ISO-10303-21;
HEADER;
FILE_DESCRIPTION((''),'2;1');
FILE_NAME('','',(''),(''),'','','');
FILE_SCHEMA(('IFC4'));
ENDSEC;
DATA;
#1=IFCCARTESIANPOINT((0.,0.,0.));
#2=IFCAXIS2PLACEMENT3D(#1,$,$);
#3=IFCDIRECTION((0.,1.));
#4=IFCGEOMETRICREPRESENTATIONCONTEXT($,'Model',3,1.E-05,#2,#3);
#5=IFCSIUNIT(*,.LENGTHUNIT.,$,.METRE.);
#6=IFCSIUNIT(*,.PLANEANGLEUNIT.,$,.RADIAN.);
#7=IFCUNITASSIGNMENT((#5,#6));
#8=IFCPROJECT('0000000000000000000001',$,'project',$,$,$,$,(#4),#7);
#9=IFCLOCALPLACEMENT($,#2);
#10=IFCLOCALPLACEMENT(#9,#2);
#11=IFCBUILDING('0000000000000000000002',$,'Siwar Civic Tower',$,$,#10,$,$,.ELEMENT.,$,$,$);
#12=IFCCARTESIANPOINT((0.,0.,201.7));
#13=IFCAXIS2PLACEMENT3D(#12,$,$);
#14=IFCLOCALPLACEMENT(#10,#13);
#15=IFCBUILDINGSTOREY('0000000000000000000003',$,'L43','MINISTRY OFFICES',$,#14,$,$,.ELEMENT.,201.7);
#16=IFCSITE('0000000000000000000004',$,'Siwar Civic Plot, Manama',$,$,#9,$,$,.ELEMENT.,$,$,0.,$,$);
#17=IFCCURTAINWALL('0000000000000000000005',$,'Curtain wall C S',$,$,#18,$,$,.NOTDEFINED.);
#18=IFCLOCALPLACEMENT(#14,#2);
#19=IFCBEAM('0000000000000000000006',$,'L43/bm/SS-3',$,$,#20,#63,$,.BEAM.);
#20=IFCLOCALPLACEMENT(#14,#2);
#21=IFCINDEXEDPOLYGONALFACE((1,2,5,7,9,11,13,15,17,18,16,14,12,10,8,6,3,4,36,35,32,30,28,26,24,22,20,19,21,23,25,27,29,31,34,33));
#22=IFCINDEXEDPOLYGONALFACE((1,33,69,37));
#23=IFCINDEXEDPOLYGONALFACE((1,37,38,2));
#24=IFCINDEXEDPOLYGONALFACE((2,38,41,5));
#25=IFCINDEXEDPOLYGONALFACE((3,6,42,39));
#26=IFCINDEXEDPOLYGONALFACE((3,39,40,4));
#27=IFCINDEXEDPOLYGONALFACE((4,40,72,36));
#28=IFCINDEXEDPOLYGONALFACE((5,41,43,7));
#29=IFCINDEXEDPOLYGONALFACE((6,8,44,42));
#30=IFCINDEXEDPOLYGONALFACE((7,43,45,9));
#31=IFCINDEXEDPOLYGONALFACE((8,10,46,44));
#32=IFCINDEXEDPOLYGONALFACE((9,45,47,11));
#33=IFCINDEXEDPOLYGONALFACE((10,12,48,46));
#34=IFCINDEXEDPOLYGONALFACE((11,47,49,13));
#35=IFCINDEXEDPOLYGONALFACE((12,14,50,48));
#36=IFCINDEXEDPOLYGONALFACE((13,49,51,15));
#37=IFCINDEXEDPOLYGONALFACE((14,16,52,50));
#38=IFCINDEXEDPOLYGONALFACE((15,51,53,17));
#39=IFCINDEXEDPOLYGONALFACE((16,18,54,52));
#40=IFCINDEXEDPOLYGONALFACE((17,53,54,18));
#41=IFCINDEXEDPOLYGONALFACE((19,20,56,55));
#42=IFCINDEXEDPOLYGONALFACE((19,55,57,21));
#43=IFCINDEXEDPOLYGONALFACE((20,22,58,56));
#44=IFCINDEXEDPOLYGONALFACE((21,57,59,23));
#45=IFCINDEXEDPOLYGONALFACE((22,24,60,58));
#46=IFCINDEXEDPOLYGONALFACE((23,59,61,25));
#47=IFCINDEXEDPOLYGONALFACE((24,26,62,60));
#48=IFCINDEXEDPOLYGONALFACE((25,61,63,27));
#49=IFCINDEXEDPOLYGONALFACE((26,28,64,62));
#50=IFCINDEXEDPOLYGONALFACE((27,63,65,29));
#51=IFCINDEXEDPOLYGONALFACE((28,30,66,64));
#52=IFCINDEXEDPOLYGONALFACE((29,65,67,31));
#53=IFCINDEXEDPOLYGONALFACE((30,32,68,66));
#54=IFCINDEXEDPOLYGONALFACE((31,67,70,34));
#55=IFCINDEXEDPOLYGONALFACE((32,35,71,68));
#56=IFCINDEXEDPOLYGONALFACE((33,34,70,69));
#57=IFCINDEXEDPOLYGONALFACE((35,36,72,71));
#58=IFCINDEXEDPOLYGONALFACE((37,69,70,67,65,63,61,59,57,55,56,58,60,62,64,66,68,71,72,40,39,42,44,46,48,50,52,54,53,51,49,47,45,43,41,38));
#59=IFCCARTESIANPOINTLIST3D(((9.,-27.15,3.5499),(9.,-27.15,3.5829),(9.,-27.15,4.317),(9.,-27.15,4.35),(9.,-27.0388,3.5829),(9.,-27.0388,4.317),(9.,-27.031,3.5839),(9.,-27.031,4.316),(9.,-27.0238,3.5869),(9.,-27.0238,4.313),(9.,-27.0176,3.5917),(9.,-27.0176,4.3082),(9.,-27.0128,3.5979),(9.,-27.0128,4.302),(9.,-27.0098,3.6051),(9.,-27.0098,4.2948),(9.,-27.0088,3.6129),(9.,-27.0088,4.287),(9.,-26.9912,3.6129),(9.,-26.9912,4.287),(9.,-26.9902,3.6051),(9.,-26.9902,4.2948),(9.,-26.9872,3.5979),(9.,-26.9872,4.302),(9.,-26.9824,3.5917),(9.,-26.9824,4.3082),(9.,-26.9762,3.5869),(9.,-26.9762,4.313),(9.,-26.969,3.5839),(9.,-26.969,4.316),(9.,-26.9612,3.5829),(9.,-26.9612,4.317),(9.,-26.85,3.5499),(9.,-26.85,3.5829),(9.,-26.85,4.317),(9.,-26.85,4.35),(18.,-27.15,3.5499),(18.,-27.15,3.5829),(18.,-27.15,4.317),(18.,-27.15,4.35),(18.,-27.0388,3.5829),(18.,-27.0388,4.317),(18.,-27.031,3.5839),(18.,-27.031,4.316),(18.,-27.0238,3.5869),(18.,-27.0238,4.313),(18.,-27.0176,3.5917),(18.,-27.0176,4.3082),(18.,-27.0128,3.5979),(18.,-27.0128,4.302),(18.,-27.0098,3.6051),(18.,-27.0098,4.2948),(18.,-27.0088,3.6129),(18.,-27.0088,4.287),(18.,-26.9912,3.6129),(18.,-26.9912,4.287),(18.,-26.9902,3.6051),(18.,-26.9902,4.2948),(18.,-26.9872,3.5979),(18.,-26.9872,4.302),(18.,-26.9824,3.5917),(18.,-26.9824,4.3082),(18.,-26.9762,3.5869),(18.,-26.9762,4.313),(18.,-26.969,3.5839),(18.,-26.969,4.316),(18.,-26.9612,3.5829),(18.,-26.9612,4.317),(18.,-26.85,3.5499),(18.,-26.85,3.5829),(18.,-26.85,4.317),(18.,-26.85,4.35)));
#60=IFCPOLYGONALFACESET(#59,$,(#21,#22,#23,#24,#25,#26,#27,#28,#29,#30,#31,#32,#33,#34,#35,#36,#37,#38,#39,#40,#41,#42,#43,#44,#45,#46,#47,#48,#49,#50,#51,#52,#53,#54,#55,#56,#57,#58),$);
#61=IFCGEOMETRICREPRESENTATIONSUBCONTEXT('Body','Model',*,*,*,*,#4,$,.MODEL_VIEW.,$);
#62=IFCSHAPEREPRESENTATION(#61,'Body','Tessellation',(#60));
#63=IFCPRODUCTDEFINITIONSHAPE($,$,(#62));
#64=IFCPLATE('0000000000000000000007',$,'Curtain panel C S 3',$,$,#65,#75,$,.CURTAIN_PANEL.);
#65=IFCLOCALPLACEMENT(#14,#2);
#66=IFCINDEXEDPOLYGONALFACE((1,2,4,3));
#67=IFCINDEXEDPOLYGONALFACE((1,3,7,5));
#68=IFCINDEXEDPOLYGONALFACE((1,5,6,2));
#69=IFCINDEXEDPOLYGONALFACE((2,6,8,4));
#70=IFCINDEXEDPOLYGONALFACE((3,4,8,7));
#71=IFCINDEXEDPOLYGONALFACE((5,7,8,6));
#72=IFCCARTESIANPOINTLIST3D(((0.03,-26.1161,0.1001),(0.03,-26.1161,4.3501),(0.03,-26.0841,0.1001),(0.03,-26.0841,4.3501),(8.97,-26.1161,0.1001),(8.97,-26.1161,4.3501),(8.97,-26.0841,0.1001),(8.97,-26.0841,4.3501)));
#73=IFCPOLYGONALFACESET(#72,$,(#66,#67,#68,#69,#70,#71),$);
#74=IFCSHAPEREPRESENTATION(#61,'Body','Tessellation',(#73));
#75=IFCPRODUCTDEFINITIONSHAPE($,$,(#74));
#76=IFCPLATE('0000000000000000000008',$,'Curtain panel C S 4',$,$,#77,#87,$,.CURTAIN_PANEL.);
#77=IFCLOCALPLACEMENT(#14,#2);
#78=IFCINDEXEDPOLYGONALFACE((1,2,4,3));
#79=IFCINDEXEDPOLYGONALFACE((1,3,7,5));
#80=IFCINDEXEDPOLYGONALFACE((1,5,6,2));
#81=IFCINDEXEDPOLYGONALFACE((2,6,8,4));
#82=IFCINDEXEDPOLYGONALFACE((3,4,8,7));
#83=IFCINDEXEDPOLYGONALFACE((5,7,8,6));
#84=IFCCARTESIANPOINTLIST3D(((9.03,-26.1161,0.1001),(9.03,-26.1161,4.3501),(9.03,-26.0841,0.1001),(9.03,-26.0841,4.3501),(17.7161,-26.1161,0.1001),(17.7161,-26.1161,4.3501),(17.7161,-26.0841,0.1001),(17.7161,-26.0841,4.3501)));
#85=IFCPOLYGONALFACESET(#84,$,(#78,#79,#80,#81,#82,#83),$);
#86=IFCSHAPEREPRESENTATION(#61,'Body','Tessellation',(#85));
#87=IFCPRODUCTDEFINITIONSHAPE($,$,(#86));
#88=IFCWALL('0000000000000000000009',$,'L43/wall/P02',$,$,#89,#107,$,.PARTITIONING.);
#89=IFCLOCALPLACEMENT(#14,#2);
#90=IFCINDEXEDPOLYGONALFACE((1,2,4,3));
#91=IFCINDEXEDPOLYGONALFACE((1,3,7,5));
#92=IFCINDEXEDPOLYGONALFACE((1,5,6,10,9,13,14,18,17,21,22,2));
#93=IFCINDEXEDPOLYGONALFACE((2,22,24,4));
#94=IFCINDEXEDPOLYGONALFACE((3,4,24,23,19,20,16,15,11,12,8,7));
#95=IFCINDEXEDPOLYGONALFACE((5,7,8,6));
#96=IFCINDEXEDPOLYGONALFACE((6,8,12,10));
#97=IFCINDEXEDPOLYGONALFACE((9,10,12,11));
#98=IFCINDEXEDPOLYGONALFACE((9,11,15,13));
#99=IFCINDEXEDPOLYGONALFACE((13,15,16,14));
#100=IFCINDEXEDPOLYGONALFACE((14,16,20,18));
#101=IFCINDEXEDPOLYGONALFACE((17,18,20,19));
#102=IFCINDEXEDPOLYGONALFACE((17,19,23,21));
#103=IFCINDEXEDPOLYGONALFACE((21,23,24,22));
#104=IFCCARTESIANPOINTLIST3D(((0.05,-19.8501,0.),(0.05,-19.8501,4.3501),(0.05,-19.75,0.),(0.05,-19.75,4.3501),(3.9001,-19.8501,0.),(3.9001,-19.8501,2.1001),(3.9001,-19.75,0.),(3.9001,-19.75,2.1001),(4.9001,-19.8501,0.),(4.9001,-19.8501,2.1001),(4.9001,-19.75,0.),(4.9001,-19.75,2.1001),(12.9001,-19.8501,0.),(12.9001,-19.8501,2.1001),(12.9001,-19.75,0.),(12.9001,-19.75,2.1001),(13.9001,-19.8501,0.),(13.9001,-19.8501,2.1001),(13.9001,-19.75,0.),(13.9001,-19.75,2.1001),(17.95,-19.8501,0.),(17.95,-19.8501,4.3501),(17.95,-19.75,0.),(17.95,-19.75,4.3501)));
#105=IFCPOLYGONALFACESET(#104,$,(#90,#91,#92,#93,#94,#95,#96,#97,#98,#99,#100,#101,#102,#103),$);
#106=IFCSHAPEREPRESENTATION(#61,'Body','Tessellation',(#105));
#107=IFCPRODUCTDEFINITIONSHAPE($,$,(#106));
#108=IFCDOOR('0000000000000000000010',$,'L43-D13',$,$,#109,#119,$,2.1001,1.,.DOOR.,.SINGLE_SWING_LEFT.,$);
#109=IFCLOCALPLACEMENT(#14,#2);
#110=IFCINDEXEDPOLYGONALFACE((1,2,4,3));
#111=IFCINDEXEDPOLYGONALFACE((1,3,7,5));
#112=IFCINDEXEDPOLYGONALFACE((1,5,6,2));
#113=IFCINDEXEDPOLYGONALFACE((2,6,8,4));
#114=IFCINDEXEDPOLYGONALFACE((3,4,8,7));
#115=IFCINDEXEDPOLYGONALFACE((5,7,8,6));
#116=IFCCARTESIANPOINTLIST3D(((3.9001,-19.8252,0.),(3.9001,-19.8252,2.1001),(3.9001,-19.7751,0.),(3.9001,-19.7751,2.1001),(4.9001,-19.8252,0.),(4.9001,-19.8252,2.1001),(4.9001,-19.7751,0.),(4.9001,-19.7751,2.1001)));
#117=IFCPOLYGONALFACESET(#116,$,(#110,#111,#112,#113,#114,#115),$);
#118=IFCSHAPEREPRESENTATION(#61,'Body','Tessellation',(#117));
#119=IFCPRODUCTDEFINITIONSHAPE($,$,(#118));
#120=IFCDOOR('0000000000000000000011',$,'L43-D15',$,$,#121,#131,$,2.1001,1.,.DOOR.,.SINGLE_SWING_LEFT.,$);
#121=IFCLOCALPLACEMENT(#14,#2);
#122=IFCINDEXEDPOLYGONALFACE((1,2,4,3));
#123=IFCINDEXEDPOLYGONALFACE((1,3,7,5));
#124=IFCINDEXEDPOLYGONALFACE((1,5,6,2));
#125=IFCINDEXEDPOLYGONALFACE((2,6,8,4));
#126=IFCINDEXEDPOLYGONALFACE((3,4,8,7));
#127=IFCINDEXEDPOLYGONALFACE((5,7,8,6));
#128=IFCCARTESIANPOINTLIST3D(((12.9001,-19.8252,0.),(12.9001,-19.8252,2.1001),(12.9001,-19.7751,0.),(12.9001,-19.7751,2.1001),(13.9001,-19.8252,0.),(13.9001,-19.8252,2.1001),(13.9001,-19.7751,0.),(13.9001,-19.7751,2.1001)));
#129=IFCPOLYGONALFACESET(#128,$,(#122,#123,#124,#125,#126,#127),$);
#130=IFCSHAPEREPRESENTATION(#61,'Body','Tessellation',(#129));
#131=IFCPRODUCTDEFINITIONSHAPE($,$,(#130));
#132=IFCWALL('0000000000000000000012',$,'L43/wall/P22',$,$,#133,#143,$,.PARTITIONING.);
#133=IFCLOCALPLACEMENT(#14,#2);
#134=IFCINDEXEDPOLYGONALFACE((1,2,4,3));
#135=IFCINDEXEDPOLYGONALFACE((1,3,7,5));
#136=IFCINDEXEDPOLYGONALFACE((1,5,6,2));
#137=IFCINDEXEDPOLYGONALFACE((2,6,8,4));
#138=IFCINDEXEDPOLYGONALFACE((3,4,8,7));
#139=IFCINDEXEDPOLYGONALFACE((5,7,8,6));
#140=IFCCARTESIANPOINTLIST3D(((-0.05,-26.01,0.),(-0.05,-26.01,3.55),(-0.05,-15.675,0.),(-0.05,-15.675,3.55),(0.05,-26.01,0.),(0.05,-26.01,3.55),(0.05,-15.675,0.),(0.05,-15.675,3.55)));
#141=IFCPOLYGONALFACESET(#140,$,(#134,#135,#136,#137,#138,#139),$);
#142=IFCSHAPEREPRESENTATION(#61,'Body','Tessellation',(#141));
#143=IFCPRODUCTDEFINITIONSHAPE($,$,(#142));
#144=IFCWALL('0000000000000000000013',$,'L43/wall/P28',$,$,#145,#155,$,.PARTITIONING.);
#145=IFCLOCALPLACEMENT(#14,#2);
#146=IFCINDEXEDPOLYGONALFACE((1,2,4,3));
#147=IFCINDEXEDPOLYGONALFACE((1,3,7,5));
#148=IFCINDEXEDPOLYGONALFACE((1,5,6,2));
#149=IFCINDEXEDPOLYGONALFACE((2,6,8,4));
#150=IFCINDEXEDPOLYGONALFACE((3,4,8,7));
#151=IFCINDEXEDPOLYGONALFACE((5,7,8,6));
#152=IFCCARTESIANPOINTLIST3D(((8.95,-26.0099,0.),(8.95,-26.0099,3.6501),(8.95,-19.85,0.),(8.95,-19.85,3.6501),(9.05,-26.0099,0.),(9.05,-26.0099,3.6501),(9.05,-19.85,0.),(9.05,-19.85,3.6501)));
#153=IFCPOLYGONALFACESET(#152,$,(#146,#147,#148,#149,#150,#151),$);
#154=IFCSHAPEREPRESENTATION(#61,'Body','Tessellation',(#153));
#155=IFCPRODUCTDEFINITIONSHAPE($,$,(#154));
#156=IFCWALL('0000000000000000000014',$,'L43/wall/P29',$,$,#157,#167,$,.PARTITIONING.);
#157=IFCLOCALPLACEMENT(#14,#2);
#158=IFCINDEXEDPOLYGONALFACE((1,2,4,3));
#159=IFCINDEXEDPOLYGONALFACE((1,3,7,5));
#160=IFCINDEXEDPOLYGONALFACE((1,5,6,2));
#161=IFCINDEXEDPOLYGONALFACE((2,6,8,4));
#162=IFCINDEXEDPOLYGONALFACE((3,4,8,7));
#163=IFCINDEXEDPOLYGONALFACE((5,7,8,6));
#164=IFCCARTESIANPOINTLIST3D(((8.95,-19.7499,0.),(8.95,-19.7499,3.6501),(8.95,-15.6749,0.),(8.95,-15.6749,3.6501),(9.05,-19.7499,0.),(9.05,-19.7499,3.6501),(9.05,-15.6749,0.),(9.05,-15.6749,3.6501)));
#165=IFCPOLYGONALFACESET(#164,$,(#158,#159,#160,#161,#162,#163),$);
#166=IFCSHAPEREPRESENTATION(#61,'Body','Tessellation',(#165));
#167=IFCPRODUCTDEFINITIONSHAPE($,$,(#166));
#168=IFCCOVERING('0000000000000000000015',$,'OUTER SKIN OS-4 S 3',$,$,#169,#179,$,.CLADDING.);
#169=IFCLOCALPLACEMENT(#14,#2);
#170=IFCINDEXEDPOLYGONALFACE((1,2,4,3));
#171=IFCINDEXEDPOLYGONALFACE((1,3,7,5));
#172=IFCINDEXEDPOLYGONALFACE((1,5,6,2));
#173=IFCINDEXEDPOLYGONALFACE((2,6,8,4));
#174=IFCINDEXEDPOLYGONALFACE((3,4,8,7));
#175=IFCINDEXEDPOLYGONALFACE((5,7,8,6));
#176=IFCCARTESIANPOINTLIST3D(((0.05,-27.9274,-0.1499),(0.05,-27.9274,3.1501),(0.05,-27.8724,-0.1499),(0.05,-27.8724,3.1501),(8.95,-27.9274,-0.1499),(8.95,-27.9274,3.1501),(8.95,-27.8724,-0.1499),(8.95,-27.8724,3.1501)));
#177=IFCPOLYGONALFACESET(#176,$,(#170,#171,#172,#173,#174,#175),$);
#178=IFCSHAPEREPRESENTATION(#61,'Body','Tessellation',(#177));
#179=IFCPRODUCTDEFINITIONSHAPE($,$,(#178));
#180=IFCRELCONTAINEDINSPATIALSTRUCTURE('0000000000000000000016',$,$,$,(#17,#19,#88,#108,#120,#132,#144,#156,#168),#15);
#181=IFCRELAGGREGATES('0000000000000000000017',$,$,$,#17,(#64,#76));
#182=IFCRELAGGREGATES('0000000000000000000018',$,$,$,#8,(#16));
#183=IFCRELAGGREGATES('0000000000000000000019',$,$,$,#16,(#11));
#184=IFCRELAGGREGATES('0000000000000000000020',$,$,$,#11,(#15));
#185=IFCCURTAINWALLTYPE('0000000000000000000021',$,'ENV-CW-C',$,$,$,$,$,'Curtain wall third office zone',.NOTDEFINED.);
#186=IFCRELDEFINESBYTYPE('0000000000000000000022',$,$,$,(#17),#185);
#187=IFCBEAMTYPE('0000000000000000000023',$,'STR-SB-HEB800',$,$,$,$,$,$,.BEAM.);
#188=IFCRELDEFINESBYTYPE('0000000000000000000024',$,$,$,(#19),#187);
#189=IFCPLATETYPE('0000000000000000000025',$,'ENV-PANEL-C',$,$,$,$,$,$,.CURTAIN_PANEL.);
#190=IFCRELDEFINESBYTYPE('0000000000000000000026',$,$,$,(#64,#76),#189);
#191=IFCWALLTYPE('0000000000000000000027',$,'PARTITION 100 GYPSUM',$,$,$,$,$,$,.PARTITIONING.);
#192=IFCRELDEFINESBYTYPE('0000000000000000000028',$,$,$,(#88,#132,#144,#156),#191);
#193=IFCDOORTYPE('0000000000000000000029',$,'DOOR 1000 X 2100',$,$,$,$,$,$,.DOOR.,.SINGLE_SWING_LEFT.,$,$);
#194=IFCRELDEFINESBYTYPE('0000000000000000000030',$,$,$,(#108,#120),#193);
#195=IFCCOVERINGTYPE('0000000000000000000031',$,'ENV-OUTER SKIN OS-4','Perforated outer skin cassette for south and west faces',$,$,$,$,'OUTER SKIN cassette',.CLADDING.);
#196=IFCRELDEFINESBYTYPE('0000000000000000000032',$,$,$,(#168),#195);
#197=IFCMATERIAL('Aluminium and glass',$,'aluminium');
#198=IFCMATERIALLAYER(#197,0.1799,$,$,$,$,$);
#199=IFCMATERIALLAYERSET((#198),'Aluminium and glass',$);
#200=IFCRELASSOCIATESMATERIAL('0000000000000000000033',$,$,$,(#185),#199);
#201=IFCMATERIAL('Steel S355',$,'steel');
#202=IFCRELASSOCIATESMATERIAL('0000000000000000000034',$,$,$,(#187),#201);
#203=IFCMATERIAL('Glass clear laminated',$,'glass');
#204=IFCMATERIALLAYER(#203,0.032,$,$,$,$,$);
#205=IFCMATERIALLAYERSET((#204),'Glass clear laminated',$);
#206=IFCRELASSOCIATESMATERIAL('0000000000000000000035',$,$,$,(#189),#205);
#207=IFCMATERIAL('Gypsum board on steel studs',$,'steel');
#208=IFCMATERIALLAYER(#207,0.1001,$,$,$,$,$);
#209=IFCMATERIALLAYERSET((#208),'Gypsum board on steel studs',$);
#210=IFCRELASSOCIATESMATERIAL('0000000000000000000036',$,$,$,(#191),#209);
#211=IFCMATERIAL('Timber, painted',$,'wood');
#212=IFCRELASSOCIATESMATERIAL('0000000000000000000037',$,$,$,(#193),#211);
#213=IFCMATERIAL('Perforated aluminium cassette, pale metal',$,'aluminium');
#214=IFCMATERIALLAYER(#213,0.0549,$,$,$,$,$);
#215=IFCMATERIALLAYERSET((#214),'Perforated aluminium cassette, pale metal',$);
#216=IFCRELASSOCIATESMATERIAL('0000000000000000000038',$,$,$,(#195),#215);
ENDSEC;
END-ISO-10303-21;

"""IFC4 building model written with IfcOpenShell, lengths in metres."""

from ifc_helpers import new_model, si_unit, direction, frame, frame_2d, origin, origin_2d, place, context, subcontext, project, spatial, rectangle, i_section, extrude, material, layer, layer_set, material_profile, profile_set, type_object, element, fill, aggregate, save


model = new_model("IFC4")

# Units and contexts
model_context = context("Model", 3, precision=1e-05, world=origin(), true_north=direction((0.0, 1.0)))
body_context = subcontext(model_context, "Body", "Model", "MODEL_VIEW")
ifc_project = project(units=[si_unit("LENGTHUNIT", "METRE"), si_unit("PLANEANGLEUNIT", "RADIAN")], contexts=[model_context])

# Site, building, storey
site_placement = place(None, origin())
site = spatial("IfcSite", under=ifc_project, at=site_placement, Name="Siwar Civic Plot, Manama", CompositionType="ELEMENT", RefElevation=0.0)
building_placement = place(site_placement, origin())
building = spatial("IfcBuilding", under=site, at=building_placement, Name="Siwar Civic Tower", CompositionType="ELEMENT")
storey_placement = place(building_placement, frame((0.0, 0.0, 201.7)))
storey = spatial("IfcBuildingStorey", under=building, at=storey_placement, Name="L43", Description="MINISTRY OFFICES", CompositionType="ELEMENT", Elevation=201.7)

# Curtain wall
ifc_material_1 = material(Name="Aluminium and glass", Category="aluminium")
ifc_layer_1 = layer(ifc_material_1, 0.1799)
ifc_layer_set_1 = layer_set([ifc_layer_1], Name="Aluminium and glass")
curtain_wall_type_1 = type_object("IfcCurtainWallType", Name="ENV-CW-C", ElementType="Curtain wall third office zone", PredefinedType="NOTDEFINED", material=ifc_layer_set_1)
curtain_wall_1_placement = place(storey_placement, origin())
curtain_wall_1 = element("IfcCurtainWall", 1, at=curtain_wall_1_placement, inside=storey, type_object=curtain_wall_type_1, Name="Curtain wall C S", PredefinedType="NOTDEFINED")

# Beam
ifc_material_2 = material(Name="Steel S355", Category="steel")
ifc_material_profile_1 = material_profile(ifc_material_2, i_section(OverallWidth=0.3, OverallDepth=0.8, WebThickness=0.0176, FlangeThickness=0.033, FilletRadius=0.03, at=origin_2d()), Name="HEB800")
ifc_profile_set_1 = profile_set([ifc_material_profile_1], Name="Steel S355")
beam_type_1 = type_object("IfcBeamType", Name="STR-SB-HEB800", PredefinedType="BEAM", material=ifc_profile_set_1)
beam_1_placement = place(storey_placement, frame((9.0, -27.0, 3.95), z_axis=(1.0, 0.0, 0.0), x_axis=(0.0, 1.0, 0.0)))
element("IfcBeam", 2, at=beam_1_placement, inside=storey, type_object=beam_type_1, Name="L43/bm/SS-3", PredefinedType="BEAM", context=body_context, shape_type="SweptSolid", body=[
    extrude(i_section(OverallWidth=0.3, OverallDepth=0.8, WebThickness=0.0176, FlangeThickness=0.033, FilletRadius=0.03, at=origin_2d()), origin(), (0.0, 0.0, 1.0), 9.0),
])

# Plates
ifc_material_3 = material(Name="Glass clear laminated", Category="glass")
ifc_layer_2 = layer(ifc_material_3, 0.032)
ifc_layer_set_2 = layer_set([ifc_layer_2], Name="Glass clear laminated")
plate_type = type_object("IfcPlateType", Name="ENV-PANEL-C", PredefinedType="CURTAIN_PANEL", material=ifc_layer_set_2)
plate_1_placement = place(storey_placement, frame((4.5, -26.1001, 0.1001), z_axis=(0.0, 0.0, 1.0), x_axis=(1.0, 0.0, 0.0)))
plate_1 = element("IfcPlate", 3, at=plate_1_placement, type_object=plate_type, Name="Curtain panel C S 3", PredefinedType="CURTAIN_PANEL", context=body_context, shape_type="SweptSolid", body=[
    extrude(rectangle(XDim=8.9399, YDim=0.032, at=origin_2d()), origin(), (0.0, 0.0, 1.0), 4.25),
])
plate_2_placement = place(storey_placement, frame((13.373, -26.1001, 0.1001), z_axis=(0.0, 0.0, 1.0), x_axis=(1.0, 0.0, 0.0)))
plate_2 = element("IfcPlate", 4, at=plate_2_placement, type_object=plate_type, Name="Curtain panel C S 4", PredefinedType="CURTAIN_PANEL", context=body_context, shape_type="SweptSolid", body=[
    extrude(rectangle(XDim=8.686, YDim=0.032, at=origin_2d()), origin(), (0.0, 0.0, 1.0), 4.25),
])
aggregate(curtain_wall_1, [plate_1, plate_2])

# Wall, openings, doors
ifc_material_4 = material(Name="Gypsum board on steel studs", Category="steel")
ifc_layer_3 = layer(ifc_material_4, 0.1001)
ifc_layer_set_3 = layer_set([ifc_layer_3], Name="Gypsum board on steel studs")
wall_type = type_object("IfcWallType", Name="PARTITION 100 GYPSUM", PredefinedType="PARTITIONING", material=ifc_layer_set_3)
wall_1_placement = place(storey_placement, frame((0.05, -19.8, 0.0), z_axis=(0.0, 0.0, 1.0), x_axis=(1.0, 0.0, 0.0)))
wall_1 = element("IfcWall", 5, at=wall_1_placement, inside=storey, type_object=wall_type, Name="L43/wall/P02", PredefinedType="PARTITIONING", context=body_context, shape_type="SweptSolid", body=[
    extrude(rectangle(XDim=17.8999, YDim=0.1001, at=frame_2d((8.95, 0.0))), origin(), (0.0, 0.0, 1.0), 4.3501),
])
opening_1_placement = place(wall_1_placement, frame((3.8501, 0.0, 0.0)))
opening_1 = element("IfcOpeningElement", 6, at=opening_1_placement, cuts=wall_1, PredefinedType="OPENING", context=body_context, shape_type="SweptSolid", body=[
    extrude(rectangle(XDim=1.0, YDim=2.1001, at=frame_2d((0.5, 1.05))), frame((0.0, 0.0601, 0.0), z_axis=(0.0, -1.0, 0.0), x_axis=(1.0, 0.0, 0.0)), (0.0, 0.0, 1.0), 0.1201),
])
opening_2_placement = place(wall_1_placement, frame((12.8501, 0.0, 0.0)))
opening_2 = element("IfcOpeningElement", 7, at=opening_2_placement, cuts=wall_1, PredefinedType="OPENING", context=body_context, shape_type="SweptSolid", body=[
    extrude(rectangle(XDim=1.0, YDim=2.1001, at=frame_2d((0.5, 1.05))), frame((0.0, 0.0601, 0.0), z_axis=(0.0, -1.0, 0.0), x_axis=(1.0, 0.0, 0.0)), (0.0, 0.0, 1.0), 0.1201),
])
ifc_material_5 = material(Name="Timber, painted", Category="wood")
door_type = type_object("IfcDoorType", Name="DOOR 1000 X 2100", OperationType="SINGLE_SWING_LEFT", PredefinedType="DOOR", material=ifc_material_5)
door_1_placement = place(opening_1_placement, origin())
door_1 = element("IfcDoor", 8, at=door_1_placement, inside=storey, type_object=door_type, Name="L43-D13", OperationType="SINGLE_SWING_LEFT", OverallHeight=2.1001, OverallWidth=1.0, PredefinedType="DOOR", context=body_context, shape_type="SweptSolid", body=[
    extrude(rectangle(XDim=1.0, YDim=2.1001, at=frame_2d((0.5, 1.05))), frame((0.0, 0.0249, 0.0), z_axis=(0.0, -1.0, 0.0), x_axis=(1.0, 0.0, 0.0)), (0.0, 0.0, 1.0), 0.05),
])
fill(opening_1, door_1)
door_2_placement = place(opening_2_placement, origin())
door_2 = element("IfcDoor", 9, at=door_2_placement, inside=storey, type_object=door_type, Name="L43-D15", OperationType="SINGLE_SWING_LEFT", OverallHeight=2.1001, OverallWidth=1.0, PredefinedType="DOOR", context=body_context, shape_type="SweptSolid", body=[
    extrude(rectangle(XDim=1.0, YDim=2.1001, at=frame_2d((0.5, 1.05))), frame((0.0, 0.0249, 0.0), z_axis=(0.0, -1.0, 0.0), x_axis=(1.0, 0.0, 0.0)), (0.0, 0.0, 1.0), 0.05),
])
fill(opening_2, door_2)

# Walls
wall_2_placement = place(storey_placement, frame((0.0, -26.01, 0.0), z_axis=(0.0, 0.0, 1.0), x_axis=(0.0, 1.0, 0.0)))
element("IfcWall", 10, at=wall_2_placement, inside=storey, type_object=wall_type, Name="L43/wall/P22", PredefinedType="PARTITIONING", context=body_context, shape_type="SweptSolid", body=[
    extrude(rectangle(XDim=10.335, YDim=0.1001, at=frame_2d((5.1675, 0.0))), origin(), (0.0, 0.0, 1.0), 3.55),
])
wall_3_placement = place(storey_placement, frame((9.0, -26.01, 0.0), z_axis=(0.0, 0.0, 1.0), x_axis=(0.0, 1.0, 0.0)))
element("IfcWall", 11, at=wall_3_placement, inside=storey, type_object=wall_type, Name="L43/wall/P28", PredefinedType="PARTITIONING", context=body_context, shape_type="SweptSolid", body=[
    extrude(rectangle(XDim=6.1599, YDim=0.1001, at=frame_2d((3.0801, 0.0))), origin(), (0.0, 0.0, 1.0), 3.6501),
])
wall_4_placement = place(storey_placement, frame((9.0, -19.75, 0.0), z_axis=(0.0, 0.0, 1.0), x_axis=(0.0, 1.0, 0.0)))
element("IfcWall", 12, at=wall_4_placement, inside=storey, type_object=wall_type, Name="L43/wall/P29", PredefinedType="PARTITIONING", context=body_context, shape_type="SweptSolid", body=[
    extrude(rectangle(XDim=4.075, YDim=0.1001, at=frame_2d((2.0376, 0.0))), origin(), (0.0, 0.0, 1.0), 3.6501),
])

# Covering
ifc_material_6 = material(Name="Perforated aluminium cassette, pale metal", Category="aluminium")
ifc_layer_4 = layer(ifc_material_6, 0.0549)
ifc_layer_set_4 = layer_set([ifc_layer_4], Name="Perforated aluminium cassette, pale metal")
covering_type = type_object("IfcCoveringType", Name="ENV-OUTER SKIN OS-4", Description="Perforated outer skin cassette for south and west faces", ElementType="OUTER SKIN cassette", PredefinedType="CLADDING", material=ifc_layer_set_4)
covering_1_placement = place(storey_placement, frame((4.5, -27.8999, -0.1499), z_axis=(0.0, 0.0, 1.0), x_axis=(1.0, 0.0, 0.0)))
element("IfcCovering", 13, at=covering_1_placement, inside=storey, type_object=covering_type, Name="OUTER SKIN OS-4 S 3", PredefinedType="CLADDING", context=body_context, shape_type="SweptSolid", body=[
    extrude(rectangle(XDim=8.8999, YDim=0.0549, at=origin_2d()), origin(), (0.0, 0.0, 1.0), 3.3),
])

save(model, "model.ifc")
